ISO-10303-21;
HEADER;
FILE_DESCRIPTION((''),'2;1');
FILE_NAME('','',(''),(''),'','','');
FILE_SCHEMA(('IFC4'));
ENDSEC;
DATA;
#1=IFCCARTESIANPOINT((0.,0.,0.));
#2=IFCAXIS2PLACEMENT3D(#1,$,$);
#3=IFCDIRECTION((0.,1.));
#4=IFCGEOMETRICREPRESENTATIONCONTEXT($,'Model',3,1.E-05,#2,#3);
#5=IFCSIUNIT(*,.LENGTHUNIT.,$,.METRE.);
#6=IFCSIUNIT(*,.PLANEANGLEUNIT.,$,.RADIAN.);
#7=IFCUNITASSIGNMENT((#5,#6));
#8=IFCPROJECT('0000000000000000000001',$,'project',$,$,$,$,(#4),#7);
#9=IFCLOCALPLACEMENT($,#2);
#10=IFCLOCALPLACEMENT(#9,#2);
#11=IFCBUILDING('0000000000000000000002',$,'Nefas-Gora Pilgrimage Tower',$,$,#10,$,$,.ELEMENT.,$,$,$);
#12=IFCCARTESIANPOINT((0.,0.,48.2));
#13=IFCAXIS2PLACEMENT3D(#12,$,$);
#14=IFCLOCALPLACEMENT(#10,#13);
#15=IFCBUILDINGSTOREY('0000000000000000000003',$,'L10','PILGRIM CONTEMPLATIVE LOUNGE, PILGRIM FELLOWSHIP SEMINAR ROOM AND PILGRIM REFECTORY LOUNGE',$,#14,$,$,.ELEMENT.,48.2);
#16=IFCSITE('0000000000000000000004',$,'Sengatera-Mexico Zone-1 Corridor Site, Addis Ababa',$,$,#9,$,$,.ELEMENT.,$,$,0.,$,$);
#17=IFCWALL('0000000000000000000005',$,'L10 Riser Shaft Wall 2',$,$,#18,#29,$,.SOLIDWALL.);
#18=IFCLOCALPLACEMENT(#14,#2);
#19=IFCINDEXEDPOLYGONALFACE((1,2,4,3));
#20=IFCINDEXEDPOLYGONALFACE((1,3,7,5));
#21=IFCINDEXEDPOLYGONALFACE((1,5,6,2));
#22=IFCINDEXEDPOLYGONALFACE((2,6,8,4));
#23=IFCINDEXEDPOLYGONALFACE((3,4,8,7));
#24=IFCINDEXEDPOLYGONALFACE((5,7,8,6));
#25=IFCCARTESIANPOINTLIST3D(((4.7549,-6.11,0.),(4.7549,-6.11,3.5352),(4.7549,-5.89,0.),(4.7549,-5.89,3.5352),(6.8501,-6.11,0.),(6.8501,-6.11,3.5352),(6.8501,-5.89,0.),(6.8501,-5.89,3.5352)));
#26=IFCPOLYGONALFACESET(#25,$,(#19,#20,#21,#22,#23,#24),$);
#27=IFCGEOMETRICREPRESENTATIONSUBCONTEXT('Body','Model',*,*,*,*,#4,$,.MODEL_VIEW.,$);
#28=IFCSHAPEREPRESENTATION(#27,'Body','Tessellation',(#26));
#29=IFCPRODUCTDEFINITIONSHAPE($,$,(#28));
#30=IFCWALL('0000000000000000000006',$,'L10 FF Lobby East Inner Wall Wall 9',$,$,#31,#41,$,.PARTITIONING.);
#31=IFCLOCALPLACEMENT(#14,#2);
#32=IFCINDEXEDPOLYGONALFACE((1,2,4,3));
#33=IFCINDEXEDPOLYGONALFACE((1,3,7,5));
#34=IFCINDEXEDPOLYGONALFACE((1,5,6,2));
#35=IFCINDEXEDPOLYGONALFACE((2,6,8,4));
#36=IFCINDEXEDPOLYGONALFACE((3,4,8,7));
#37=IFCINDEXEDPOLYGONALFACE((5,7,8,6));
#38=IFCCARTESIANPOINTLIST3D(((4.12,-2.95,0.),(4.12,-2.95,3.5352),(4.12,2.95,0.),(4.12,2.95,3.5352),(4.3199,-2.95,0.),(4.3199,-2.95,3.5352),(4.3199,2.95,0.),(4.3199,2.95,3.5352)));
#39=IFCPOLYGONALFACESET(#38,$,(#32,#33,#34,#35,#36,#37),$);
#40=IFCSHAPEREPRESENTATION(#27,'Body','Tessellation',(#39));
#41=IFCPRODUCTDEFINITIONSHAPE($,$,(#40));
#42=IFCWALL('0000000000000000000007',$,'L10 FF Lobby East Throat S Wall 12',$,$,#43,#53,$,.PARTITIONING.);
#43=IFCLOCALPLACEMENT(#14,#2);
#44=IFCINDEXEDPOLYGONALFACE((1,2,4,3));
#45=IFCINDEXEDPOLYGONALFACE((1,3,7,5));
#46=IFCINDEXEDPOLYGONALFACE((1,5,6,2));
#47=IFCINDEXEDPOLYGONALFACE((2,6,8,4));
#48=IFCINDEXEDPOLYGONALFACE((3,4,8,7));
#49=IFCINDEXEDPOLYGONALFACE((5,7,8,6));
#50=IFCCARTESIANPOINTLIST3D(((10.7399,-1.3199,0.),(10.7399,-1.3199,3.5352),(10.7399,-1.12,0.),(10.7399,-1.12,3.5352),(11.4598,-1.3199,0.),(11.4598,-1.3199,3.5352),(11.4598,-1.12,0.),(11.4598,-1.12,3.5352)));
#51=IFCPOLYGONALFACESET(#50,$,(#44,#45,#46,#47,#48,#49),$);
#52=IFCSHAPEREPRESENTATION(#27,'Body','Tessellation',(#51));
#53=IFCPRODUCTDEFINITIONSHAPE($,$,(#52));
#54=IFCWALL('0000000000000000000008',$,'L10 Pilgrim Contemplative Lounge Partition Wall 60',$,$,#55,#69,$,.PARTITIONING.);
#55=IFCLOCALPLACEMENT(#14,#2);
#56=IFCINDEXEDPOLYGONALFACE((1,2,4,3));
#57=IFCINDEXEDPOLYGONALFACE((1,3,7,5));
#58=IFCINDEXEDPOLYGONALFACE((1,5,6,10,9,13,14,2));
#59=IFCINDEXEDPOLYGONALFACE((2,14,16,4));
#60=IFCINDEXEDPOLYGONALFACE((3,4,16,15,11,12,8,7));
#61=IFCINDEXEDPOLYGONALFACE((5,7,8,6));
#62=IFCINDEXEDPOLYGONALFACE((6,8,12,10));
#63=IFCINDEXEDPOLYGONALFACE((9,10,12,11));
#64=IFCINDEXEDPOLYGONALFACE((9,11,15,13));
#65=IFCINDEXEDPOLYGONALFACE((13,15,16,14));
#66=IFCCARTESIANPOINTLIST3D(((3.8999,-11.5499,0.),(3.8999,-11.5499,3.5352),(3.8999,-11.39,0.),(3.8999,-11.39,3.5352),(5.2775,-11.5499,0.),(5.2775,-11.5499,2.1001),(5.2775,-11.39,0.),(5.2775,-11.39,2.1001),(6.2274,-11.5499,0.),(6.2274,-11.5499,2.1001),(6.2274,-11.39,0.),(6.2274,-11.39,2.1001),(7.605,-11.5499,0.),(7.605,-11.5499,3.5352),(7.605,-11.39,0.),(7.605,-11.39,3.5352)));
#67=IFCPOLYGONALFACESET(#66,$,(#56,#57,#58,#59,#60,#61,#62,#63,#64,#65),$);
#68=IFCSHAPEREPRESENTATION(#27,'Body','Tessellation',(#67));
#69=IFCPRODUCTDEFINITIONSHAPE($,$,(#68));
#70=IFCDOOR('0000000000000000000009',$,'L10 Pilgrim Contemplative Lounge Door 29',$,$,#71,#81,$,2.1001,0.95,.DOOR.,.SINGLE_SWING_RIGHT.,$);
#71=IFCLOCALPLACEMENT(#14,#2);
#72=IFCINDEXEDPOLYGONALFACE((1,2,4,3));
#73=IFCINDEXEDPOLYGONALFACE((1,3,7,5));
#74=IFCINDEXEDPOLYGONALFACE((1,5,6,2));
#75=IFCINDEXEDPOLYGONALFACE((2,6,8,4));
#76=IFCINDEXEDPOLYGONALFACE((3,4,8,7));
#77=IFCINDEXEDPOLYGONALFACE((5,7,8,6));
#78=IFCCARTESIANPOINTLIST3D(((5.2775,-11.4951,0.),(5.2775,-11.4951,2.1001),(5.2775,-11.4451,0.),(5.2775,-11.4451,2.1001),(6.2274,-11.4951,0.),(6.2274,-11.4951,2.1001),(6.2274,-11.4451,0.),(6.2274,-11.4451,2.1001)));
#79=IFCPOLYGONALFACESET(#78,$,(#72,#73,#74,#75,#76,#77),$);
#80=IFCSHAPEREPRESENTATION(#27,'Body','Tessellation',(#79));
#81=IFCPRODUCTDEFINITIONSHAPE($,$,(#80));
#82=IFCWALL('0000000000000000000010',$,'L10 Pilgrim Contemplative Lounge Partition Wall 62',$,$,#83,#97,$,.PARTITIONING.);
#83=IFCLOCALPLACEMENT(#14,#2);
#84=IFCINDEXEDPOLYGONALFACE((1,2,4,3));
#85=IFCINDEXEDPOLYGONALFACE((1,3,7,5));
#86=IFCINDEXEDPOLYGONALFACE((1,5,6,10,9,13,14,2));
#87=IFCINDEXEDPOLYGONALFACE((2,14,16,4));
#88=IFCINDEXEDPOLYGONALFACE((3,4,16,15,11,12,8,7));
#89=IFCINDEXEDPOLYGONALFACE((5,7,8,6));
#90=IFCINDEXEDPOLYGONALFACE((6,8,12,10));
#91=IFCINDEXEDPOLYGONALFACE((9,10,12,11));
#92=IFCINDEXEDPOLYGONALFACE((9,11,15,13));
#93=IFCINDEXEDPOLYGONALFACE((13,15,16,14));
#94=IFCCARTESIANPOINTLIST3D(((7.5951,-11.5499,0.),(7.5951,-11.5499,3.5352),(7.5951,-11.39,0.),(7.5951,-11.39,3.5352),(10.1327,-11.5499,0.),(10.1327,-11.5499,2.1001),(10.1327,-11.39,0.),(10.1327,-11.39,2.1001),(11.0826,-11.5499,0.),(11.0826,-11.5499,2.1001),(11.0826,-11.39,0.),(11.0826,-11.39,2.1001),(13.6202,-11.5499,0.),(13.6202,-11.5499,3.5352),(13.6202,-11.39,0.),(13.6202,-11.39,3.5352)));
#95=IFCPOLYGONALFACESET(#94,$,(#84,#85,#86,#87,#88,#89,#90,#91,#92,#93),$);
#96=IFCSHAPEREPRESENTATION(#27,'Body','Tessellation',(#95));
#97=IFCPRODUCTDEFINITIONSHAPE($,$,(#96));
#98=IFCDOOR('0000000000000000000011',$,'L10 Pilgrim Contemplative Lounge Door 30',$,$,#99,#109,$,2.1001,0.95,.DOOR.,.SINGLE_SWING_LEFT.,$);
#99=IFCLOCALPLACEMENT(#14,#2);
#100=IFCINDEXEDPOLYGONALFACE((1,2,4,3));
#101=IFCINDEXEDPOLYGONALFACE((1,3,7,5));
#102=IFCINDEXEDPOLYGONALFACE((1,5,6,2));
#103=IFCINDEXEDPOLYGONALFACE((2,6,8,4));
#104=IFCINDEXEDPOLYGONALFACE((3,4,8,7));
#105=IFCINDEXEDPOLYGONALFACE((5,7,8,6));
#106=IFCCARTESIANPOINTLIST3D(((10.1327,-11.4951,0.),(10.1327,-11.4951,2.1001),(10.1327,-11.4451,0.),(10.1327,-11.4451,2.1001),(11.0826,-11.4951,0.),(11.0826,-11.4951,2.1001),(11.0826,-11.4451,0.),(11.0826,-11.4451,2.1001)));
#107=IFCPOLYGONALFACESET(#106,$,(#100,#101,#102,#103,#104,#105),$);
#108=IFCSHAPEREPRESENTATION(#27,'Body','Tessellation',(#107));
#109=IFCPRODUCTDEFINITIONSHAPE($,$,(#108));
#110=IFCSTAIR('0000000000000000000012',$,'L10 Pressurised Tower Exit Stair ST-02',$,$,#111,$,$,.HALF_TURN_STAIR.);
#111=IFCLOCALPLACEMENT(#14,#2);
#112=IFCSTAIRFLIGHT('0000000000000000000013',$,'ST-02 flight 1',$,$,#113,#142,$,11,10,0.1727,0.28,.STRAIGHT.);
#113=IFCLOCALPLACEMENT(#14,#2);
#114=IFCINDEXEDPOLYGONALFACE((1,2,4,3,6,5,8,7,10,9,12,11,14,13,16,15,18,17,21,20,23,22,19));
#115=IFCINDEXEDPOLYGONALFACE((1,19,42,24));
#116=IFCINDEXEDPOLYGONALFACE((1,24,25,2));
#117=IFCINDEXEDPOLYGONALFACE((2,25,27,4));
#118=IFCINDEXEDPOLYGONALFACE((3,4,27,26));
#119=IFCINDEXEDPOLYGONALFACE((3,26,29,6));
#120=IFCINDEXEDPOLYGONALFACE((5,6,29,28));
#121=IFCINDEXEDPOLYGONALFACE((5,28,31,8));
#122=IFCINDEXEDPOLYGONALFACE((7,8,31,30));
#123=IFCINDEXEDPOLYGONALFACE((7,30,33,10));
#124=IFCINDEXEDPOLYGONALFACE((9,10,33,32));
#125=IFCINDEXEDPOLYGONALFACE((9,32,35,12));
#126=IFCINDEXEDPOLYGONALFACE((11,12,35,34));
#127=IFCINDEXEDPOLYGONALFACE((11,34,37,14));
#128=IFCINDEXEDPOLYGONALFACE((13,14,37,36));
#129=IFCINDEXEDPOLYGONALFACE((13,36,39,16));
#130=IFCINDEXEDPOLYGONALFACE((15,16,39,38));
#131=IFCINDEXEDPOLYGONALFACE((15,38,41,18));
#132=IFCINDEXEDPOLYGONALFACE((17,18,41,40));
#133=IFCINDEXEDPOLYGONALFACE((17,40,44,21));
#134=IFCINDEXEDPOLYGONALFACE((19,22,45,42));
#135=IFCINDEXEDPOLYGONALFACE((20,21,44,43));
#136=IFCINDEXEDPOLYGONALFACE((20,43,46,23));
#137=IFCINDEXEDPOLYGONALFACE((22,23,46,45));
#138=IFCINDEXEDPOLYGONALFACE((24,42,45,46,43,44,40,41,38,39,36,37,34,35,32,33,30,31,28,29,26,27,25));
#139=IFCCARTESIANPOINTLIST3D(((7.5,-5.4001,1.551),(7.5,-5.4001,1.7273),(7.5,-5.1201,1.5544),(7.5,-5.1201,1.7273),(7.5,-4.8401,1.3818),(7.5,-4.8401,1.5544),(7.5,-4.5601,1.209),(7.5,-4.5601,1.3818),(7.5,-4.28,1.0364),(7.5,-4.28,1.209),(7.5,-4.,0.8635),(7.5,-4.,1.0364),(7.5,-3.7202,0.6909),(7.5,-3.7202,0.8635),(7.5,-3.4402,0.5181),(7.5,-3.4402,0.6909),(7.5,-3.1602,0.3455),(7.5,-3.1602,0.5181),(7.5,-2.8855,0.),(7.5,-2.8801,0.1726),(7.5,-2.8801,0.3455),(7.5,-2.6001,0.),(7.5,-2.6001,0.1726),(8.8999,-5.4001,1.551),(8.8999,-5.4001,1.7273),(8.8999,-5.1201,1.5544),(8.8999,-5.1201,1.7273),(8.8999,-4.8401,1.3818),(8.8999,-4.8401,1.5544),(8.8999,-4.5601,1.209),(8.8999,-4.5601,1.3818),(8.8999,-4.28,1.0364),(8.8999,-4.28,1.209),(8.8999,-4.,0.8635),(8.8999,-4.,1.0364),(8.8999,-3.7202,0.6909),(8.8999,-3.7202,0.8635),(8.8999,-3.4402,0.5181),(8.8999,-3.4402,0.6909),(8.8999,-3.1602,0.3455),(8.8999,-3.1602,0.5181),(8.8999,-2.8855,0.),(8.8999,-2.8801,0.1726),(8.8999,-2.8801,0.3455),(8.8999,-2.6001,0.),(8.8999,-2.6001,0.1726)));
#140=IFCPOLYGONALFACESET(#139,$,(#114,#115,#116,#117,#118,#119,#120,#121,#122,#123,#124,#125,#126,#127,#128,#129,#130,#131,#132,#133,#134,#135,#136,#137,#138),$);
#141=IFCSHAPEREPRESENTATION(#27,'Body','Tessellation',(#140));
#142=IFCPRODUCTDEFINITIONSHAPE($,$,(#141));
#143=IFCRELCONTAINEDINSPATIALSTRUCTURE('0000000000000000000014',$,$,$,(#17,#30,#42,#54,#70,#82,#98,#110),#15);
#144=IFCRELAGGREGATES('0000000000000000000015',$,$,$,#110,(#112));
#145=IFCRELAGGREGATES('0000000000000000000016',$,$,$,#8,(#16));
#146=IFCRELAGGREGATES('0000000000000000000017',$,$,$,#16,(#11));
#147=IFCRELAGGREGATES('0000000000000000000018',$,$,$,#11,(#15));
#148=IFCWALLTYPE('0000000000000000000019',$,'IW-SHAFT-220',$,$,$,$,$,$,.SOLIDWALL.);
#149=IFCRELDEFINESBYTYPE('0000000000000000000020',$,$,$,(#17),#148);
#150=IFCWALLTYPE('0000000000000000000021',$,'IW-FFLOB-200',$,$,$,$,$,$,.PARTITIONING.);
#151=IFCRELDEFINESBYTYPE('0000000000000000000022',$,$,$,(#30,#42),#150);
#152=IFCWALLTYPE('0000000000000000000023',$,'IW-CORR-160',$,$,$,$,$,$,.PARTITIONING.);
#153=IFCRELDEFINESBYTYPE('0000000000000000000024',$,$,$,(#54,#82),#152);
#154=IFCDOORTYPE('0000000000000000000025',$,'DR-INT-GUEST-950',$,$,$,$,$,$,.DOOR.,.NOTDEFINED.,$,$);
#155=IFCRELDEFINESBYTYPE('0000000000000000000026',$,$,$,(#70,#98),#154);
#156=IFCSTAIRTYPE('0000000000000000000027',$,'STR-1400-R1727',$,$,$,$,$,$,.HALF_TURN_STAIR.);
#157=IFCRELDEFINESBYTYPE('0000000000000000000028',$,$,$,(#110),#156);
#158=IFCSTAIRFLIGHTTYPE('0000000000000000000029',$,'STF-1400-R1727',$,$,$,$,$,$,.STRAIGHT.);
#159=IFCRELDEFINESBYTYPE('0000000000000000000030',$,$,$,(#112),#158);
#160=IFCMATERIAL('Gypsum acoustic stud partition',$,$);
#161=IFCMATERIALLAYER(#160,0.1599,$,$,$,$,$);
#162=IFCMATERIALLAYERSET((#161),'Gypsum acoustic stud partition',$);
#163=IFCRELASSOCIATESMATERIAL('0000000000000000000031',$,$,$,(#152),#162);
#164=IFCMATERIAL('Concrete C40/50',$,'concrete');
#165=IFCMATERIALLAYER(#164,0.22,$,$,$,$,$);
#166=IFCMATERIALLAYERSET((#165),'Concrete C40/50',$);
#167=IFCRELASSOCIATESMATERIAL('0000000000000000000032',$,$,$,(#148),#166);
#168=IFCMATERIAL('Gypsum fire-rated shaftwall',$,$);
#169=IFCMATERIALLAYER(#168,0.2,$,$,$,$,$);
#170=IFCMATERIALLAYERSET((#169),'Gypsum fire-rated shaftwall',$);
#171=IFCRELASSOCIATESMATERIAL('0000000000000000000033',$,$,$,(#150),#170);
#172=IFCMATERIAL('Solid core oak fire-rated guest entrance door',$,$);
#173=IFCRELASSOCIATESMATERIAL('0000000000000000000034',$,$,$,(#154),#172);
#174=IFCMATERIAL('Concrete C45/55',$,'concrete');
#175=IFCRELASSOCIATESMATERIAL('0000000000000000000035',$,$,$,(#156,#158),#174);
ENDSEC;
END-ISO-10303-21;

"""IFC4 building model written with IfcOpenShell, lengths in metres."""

from ifc_helpers import new_model, si_unit, direction, frame, frame_2d, origin, place, context, subcontext, project, spatial, polyline, rectangle, outline, extrude, source, transform, mapped, material, layer, layer_set, type_object, element, fill, aggregate, save


model = new_model("IFC4")

# Units and contexts
model_context = context("Model", 3, precision=1e-05, world=origin(), true_north=direction((0.0, 1.0)))
body_context = subcontext(model_context, "Body", "Model", "MODEL_VIEW")
ifc_project = project(units=[si_unit("LENGTHUNIT", "METRE"), si_unit("PLANEANGLEUNIT", "RADIAN")], contexts=[model_context])

# Site, building, storey
site_placement = place(None, origin())
site = spatial("IfcSite", under=ifc_project, at=site_placement, Name="Sengatera-Mexico Zone-1 Corridor Site, Addis Ababa", CompositionType="ELEMENT", RefElevation=0.0)
building_placement = place(site_placement, origin())
building = spatial("IfcBuilding", under=site, at=building_placement, Name="Nefas-Gora Pilgrimage Tower", CompositionType="ELEMENT")
storey_placement = place(building_placement, frame((0.0, 0.0, 48.2)))
storey = spatial("IfcBuildingStorey", under=building, at=storey_placement, Name="L10", Description="PILGRIM CONTEMPLATIVE LOUNGE, PILGRIM FELLOWSHIP SEMINAR ROOM AND PILGRIM REFECTORY LOUNGE", CompositionType="ELEMENT", Elevation=48.2)

# Shared definitions
ifc_material_1 = material(Name="Concrete C45/55", Category="concrete")

# Shared definitions
ifc_material_2 = material(Name="Gypsum acoustic stud partition")
ifc_layer_1 = layer(ifc_material_2, 0.1599)
ifc_layer_set_1 = layer_set([ifc_layer_1], Name="Gypsum acoustic stud partition")
wall_type_1 = type_object("IfcWallType", Name="IW-CORR-160", PredefinedType="PARTITIONING", material=ifc_layer_set_1)

# Shared definitions
ifc_material_3 = material(Name="Concrete C40/50", Category="concrete")
ifc_layer_2 = layer(ifc_material_3, 0.22)
ifc_layer_set_2 = layer_set([ifc_layer_2], Name="Concrete C40/50")
wall_type_2 = type_object("IfcWallType", Name="IW-SHAFT-220", PredefinedType="SOLIDWALL", material=ifc_layer_set_2)

# Shared definitions
ifc_material_4 = material(Name="Gypsum fire-rated shaftwall")
ifc_layer_3 = layer(ifc_material_4, 0.2)
ifc_layer_set_3 = layer_set([ifc_layer_3], Name="Gypsum fire-rated shaftwall")
wall_type_3 = type_object("IfcWallType", Name="IW-FFLOB-200", PredefinedType="PARTITIONING", material=ifc_layer_set_3)

# Walls
shared_shape_1 = source(origin(), body_context, "Body", "SweptSolid", [
    extrude(rectangle(XDim=2.0952, YDim=0.22, at=frame_2d((1.0476, 0.0))), origin(), (0.0, 0.0, 1.0), 3.5352),
])
wall_1_placement = place(storey_placement, frame((4.7549, -6.0, 0.0), z_axis=(0.0, 0.0, 1.0), x_axis=(1.0, 0.0, 0.0)))
element("IfcWall", 1, at=wall_1_placement, inside=storey, type_object=wall_type_2, Name="L10 Riser Shaft Wall 2", PredefinedType="SOLIDWALL", context=body_context, shape_type="MappedRepresentation", body=[
    mapped(shared_shape_1, transform((0.0, 0.0, 0.0), x_axis=(1.0, 0.0, 0.0), y_axis=(0.0, 1.0, 0.0), z_axis=(0.0, 0.0, 1.0), scale=1.0)),
])
shared_shape_2 = source(origin(), body_context, "Body", "SweptSolid", [
    extrude(rectangle(XDim=5.8999, YDim=0.2, at=frame_2d((2.95, 0.0))), origin(), (0.0, 0.0, 1.0), 3.5352),
])
wall_2_placement = place(storey_placement, frame((4.22, -2.95, 0.0), z_axis=(0.0, 0.0, 1.0), x_axis=(0.0, 1.0, 0.0)))
element("IfcWall", 2, at=wall_2_placement, inside=storey, type_object=wall_type_3, Name="L10 FF Lobby East Inner Wall Wall 9", PredefinedType="PARTITIONING", context=body_context, shape_type="MappedRepresentation", body=[
    mapped(shared_shape_2, transform((0.0, 0.0, 0.0), x_axis=(1.0, 0.0, 0.0), y_axis=(0.0, 1.0, 0.0), z_axis=(0.0, 0.0, 1.0), scale=1.0)),
])
shared_shape_3 = source(origin(), body_context, "Body", "SweptSolid", [
    extrude(rectangle(XDim=0.72, YDim=0.2, at=frame_2d((0.3599, 0.0))), origin(), (0.0, 0.0, 1.0), 3.5352),
])
wall_3_placement = place(storey_placement, frame((10.74, -1.22, 0.0), z_axis=(0.0, 0.0, 1.0), x_axis=(1.0, 0.0, 0.0)))
element("IfcWall", 3, at=wall_3_placement, inside=storey, type_object=wall_type_3, Name="L10 FF Lobby East Throat S Wall 12", PredefinedType="PARTITIONING", context=body_context, shape_type="MappedRepresentation", body=[
    mapped(shared_shape_3, transform((0.0, 0.0, 0.0), x_axis=(1.0, 0.0, 0.0), y_axis=(0.0, 1.0, 0.0), z_axis=(0.0, 0.0, 1.0), scale=1.0)),
])

# Walls, openings, doors
shared_shape_4 = source(origin(), body_context, "Body", "SweptSolid", [
    extrude(rectangle(XDim=3.7051, YDim=0.1599, at=frame_2d((1.8525, 0.0))), origin(), (0.0, 0.0, 1.0), 3.5352),
])
wall_4_placement = place(storey_placement, frame((3.8999, -11.47, 0.0), z_axis=(0.0, 0.0, 1.0), x_axis=(1.0, 0.0, 0.0)))
wall_4 = element("IfcWall", 4, at=wall_4_placement, inside=storey, type_object=wall_type_1, Name="L10 Pilgrim Contemplative Lounge Partition Wall 60", PredefinedType="PARTITIONING", context=body_context, shape_type="MappedRepresentation", body=[
    mapped(shared_shape_4, transform((0.0, 0.0, 0.0), x_axis=(1.0, 0.0, 0.0), y_axis=(0.0, 1.0, 0.0), z_axis=(0.0, 0.0, 1.0), scale=1.0)),
])
opening_1_placement = place(wall_4_placement, frame((1.3774, 0.0, 0.0)))
opening_1 = element("IfcOpeningElement", 5, at=opening_1_placement, cuts=wall_4, PredefinedType="OPENING", context=body_context, shape_type="SweptSolid", body=[
    extrude(rectangle(XDim=0.95, YDim=2.1001, at=frame_2d((0.4751, 1.05))), frame((0.0, 0.0898, 0.0), z_axis=(0.0, -1.0, 0.0), x_axis=(1.0, 0.0, 0.0)), (0.0, 0.0, 1.0), 0.1799),
])
ifc_material_5 = material(Name="Solid core oak fire-rated guest entrance door")
door_type_1 = type_object("IfcDoorType", Name="DR-INT-GUEST-950", OperationType="NOTDEFINED", PredefinedType="DOOR", material=ifc_material_5)
shared_shape_5 = source(origin(), body_context, "Body", "SweptSolid", [
    extrude(rectangle(XDim=0.95, YDim=2.1001, at=frame_2d((0.4751, 1.05))), frame((0.0, 0.0249, 0.0), z_axis=(0.0, -1.0, 0.0), x_axis=(1.0, 0.0, 0.0)), (0.0, 0.0, 1.0), 0.05),
])
door_1_placement = place(opening_1_placement, origin())
door_1 = element("IfcDoor", 6, at=door_1_placement, inside=storey, type_object=door_type_1, Name="L10 Pilgrim Contemplative Lounge Door 29", OperationType="SINGLE_SWING_RIGHT", OverallHeight=2.1001, OverallWidth=0.95, PredefinedType="DOOR", context=body_context, shape_type="MappedRepresentation", body=[
    mapped(shared_shape_5, transform((0.0, 0.0, 0.0), x_axis=(1.0, 0.0, 0.0), y_axis=(0.0, 1.0, 0.0), z_axis=(0.0, 0.0, 1.0), scale=1.0)),
])
fill(opening_1, door_1)
shared_shape_6 = source(origin(), body_context, "Body", "SweptSolid", [
    extrude(rectangle(XDim=6.0251, YDim=0.1599, at=frame_2d((3.0127, 0.0))), origin(), (0.0, 0.0, 1.0), 3.5352),
])
wall_5_placement = place(storey_placement, frame((7.595, -11.47, 0.0), z_axis=(0.0, 0.0, 1.0), x_axis=(1.0, 0.0, 0.0)))
wall_5 = element("IfcWall", 7, at=wall_5_placement, inside=storey, type_object=wall_type_1, Name="L10 Pilgrim Contemplative Lounge Partition Wall 62", PredefinedType="PARTITIONING", context=body_context, shape_type="MappedRepresentation", body=[
    mapped(shared_shape_6, transform((0.0, 0.0, 0.0), x_axis=(1.0, 0.0, 0.0), y_axis=(0.0, 1.0, 0.0), z_axis=(0.0, 0.0, 1.0), scale=1.0)),
])
opening_2_placement = place(wall_5_placement, frame((2.5376, 0.0, 0.0)))
opening_2 = element("IfcOpeningElement", 8, at=opening_2_placement, cuts=wall_5, PredefinedType="OPENING", context=body_context, shape_type="SweptSolid", body=[
    extrude(rectangle(XDim=0.95, YDim=2.1001, at=frame_2d((0.4751, 1.05))), frame((0.0, 0.0898, 0.0), z_axis=(0.0, -1.0, 0.0), x_axis=(1.0, 0.0, 0.0)), (0.0, 0.0, 1.0), 0.1799),
])
door_2_placement = place(opening_2_placement, origin())
door_2 = element("IfcDoor", 9, at=door_2_placement, inside=storey, type_object=door_type_1, Name="L10 Pilgrim Contemplative Lounge Door 30", OperationType="SINGLE_SWING_LEFT", OverallHeight=2.1001, OverallWidth=0.95, PredefinedType="DOOR", context=body_context, shape_type="MappedRepresentation", body=[
    mapped(shared_shape_5, transform((0.0, 0.0, 0.0), x_axis=(1.0, 0.0, 0.0), y_axis=(0.0, 1.0, 0.0), z_axis=(0.0, 0.0, 1.0), scale=1.0)),
])
fill(opening_2, door_2)

# Stair, stair flight
stair_type = type_object("IfcStairType", Name="STR-1400-R1727", PredefinedType="HALF_TURN_STAIR", material=ifc_material_1)
stair_placement = place(storey_placement, origin())
stair = element("IfcStair", 10, at=stair_placement, inside=storey, type_object=stair_type, Name="L10 Pressurised Tower Exit Stair ST-02", PredefinedType="HALF_TURN_STAIR")
stair_flight_type = type_object("IfcStairFlightType", Name="STF-1400-R1727", PredefinedType="STRAIGHT", material=ifc_material_1)
shared_shape_7 = source(origin(), body_context, "Body", "SweptSolid", [
    extrude(outline(polyline([(0.0, 0.0), (0.0, 0.1726), (0.28, 0.1726), (0.28, 0.3455), (0.5601, 0.3455), (0.5601, 0.5181), (0.8401, 0.5181), (0.8401, 0.6909), (1.1201, 0.6909), (1.1201, 0.8635), (1.3999, 0.8635), (1.3999, 1.0364), (1.6799, 1.0364), (1.6799, 1.209), (1.96, 1.209), (1.96, 1.3818), (2.24, 1.3818), (2.24, 1.5544), (2.52, 1.5544), (2.52, 1.7273), (2.8, 1.7273), (2.8, 1.8999), (2.8, 1.551), (0.2854, 0.0), (0.0, 0.0)])), frame((0.0, 0.7, 0.0), z_axis=(0.0, -1.0, 0.0), x_axis=(1.0, 0.0, 0.0)), (0.0, 0.0, 1.0), 1.3999),
])
stair_flight_1_placement = place(storey_placement, frame((8.2, -2.6001, 0.0), z_axis=(0.0, 0.0, 1.0), x_axis=(0.0, -1.0, 0.0)))
stair_flight_1 = element("IfcStairFlight", 11, at=stair_flight_1_placement, type_object=stair_flight_type, Name="ST-02 flight 1", NumberOfRisers=11, NumberOfTreads=10, PredefinedType="STRAIGHT", RiserHeight=0.1727, TreadLength=0.28, context=body_context, shape_type="MappedRepresentation", body=[
    mapped(shared_shape_7, transform((0.0, 0.0, 0.0), x_axis=(1.0, 0.0, 0.0), y_axis=(0.0, 1.0, 0.0), z_axis=(0.0, 0.0, 1.0), scale=1.0)),
])
aggregate(stair, [stair_flight_1])

save(model, "model.ifc")
